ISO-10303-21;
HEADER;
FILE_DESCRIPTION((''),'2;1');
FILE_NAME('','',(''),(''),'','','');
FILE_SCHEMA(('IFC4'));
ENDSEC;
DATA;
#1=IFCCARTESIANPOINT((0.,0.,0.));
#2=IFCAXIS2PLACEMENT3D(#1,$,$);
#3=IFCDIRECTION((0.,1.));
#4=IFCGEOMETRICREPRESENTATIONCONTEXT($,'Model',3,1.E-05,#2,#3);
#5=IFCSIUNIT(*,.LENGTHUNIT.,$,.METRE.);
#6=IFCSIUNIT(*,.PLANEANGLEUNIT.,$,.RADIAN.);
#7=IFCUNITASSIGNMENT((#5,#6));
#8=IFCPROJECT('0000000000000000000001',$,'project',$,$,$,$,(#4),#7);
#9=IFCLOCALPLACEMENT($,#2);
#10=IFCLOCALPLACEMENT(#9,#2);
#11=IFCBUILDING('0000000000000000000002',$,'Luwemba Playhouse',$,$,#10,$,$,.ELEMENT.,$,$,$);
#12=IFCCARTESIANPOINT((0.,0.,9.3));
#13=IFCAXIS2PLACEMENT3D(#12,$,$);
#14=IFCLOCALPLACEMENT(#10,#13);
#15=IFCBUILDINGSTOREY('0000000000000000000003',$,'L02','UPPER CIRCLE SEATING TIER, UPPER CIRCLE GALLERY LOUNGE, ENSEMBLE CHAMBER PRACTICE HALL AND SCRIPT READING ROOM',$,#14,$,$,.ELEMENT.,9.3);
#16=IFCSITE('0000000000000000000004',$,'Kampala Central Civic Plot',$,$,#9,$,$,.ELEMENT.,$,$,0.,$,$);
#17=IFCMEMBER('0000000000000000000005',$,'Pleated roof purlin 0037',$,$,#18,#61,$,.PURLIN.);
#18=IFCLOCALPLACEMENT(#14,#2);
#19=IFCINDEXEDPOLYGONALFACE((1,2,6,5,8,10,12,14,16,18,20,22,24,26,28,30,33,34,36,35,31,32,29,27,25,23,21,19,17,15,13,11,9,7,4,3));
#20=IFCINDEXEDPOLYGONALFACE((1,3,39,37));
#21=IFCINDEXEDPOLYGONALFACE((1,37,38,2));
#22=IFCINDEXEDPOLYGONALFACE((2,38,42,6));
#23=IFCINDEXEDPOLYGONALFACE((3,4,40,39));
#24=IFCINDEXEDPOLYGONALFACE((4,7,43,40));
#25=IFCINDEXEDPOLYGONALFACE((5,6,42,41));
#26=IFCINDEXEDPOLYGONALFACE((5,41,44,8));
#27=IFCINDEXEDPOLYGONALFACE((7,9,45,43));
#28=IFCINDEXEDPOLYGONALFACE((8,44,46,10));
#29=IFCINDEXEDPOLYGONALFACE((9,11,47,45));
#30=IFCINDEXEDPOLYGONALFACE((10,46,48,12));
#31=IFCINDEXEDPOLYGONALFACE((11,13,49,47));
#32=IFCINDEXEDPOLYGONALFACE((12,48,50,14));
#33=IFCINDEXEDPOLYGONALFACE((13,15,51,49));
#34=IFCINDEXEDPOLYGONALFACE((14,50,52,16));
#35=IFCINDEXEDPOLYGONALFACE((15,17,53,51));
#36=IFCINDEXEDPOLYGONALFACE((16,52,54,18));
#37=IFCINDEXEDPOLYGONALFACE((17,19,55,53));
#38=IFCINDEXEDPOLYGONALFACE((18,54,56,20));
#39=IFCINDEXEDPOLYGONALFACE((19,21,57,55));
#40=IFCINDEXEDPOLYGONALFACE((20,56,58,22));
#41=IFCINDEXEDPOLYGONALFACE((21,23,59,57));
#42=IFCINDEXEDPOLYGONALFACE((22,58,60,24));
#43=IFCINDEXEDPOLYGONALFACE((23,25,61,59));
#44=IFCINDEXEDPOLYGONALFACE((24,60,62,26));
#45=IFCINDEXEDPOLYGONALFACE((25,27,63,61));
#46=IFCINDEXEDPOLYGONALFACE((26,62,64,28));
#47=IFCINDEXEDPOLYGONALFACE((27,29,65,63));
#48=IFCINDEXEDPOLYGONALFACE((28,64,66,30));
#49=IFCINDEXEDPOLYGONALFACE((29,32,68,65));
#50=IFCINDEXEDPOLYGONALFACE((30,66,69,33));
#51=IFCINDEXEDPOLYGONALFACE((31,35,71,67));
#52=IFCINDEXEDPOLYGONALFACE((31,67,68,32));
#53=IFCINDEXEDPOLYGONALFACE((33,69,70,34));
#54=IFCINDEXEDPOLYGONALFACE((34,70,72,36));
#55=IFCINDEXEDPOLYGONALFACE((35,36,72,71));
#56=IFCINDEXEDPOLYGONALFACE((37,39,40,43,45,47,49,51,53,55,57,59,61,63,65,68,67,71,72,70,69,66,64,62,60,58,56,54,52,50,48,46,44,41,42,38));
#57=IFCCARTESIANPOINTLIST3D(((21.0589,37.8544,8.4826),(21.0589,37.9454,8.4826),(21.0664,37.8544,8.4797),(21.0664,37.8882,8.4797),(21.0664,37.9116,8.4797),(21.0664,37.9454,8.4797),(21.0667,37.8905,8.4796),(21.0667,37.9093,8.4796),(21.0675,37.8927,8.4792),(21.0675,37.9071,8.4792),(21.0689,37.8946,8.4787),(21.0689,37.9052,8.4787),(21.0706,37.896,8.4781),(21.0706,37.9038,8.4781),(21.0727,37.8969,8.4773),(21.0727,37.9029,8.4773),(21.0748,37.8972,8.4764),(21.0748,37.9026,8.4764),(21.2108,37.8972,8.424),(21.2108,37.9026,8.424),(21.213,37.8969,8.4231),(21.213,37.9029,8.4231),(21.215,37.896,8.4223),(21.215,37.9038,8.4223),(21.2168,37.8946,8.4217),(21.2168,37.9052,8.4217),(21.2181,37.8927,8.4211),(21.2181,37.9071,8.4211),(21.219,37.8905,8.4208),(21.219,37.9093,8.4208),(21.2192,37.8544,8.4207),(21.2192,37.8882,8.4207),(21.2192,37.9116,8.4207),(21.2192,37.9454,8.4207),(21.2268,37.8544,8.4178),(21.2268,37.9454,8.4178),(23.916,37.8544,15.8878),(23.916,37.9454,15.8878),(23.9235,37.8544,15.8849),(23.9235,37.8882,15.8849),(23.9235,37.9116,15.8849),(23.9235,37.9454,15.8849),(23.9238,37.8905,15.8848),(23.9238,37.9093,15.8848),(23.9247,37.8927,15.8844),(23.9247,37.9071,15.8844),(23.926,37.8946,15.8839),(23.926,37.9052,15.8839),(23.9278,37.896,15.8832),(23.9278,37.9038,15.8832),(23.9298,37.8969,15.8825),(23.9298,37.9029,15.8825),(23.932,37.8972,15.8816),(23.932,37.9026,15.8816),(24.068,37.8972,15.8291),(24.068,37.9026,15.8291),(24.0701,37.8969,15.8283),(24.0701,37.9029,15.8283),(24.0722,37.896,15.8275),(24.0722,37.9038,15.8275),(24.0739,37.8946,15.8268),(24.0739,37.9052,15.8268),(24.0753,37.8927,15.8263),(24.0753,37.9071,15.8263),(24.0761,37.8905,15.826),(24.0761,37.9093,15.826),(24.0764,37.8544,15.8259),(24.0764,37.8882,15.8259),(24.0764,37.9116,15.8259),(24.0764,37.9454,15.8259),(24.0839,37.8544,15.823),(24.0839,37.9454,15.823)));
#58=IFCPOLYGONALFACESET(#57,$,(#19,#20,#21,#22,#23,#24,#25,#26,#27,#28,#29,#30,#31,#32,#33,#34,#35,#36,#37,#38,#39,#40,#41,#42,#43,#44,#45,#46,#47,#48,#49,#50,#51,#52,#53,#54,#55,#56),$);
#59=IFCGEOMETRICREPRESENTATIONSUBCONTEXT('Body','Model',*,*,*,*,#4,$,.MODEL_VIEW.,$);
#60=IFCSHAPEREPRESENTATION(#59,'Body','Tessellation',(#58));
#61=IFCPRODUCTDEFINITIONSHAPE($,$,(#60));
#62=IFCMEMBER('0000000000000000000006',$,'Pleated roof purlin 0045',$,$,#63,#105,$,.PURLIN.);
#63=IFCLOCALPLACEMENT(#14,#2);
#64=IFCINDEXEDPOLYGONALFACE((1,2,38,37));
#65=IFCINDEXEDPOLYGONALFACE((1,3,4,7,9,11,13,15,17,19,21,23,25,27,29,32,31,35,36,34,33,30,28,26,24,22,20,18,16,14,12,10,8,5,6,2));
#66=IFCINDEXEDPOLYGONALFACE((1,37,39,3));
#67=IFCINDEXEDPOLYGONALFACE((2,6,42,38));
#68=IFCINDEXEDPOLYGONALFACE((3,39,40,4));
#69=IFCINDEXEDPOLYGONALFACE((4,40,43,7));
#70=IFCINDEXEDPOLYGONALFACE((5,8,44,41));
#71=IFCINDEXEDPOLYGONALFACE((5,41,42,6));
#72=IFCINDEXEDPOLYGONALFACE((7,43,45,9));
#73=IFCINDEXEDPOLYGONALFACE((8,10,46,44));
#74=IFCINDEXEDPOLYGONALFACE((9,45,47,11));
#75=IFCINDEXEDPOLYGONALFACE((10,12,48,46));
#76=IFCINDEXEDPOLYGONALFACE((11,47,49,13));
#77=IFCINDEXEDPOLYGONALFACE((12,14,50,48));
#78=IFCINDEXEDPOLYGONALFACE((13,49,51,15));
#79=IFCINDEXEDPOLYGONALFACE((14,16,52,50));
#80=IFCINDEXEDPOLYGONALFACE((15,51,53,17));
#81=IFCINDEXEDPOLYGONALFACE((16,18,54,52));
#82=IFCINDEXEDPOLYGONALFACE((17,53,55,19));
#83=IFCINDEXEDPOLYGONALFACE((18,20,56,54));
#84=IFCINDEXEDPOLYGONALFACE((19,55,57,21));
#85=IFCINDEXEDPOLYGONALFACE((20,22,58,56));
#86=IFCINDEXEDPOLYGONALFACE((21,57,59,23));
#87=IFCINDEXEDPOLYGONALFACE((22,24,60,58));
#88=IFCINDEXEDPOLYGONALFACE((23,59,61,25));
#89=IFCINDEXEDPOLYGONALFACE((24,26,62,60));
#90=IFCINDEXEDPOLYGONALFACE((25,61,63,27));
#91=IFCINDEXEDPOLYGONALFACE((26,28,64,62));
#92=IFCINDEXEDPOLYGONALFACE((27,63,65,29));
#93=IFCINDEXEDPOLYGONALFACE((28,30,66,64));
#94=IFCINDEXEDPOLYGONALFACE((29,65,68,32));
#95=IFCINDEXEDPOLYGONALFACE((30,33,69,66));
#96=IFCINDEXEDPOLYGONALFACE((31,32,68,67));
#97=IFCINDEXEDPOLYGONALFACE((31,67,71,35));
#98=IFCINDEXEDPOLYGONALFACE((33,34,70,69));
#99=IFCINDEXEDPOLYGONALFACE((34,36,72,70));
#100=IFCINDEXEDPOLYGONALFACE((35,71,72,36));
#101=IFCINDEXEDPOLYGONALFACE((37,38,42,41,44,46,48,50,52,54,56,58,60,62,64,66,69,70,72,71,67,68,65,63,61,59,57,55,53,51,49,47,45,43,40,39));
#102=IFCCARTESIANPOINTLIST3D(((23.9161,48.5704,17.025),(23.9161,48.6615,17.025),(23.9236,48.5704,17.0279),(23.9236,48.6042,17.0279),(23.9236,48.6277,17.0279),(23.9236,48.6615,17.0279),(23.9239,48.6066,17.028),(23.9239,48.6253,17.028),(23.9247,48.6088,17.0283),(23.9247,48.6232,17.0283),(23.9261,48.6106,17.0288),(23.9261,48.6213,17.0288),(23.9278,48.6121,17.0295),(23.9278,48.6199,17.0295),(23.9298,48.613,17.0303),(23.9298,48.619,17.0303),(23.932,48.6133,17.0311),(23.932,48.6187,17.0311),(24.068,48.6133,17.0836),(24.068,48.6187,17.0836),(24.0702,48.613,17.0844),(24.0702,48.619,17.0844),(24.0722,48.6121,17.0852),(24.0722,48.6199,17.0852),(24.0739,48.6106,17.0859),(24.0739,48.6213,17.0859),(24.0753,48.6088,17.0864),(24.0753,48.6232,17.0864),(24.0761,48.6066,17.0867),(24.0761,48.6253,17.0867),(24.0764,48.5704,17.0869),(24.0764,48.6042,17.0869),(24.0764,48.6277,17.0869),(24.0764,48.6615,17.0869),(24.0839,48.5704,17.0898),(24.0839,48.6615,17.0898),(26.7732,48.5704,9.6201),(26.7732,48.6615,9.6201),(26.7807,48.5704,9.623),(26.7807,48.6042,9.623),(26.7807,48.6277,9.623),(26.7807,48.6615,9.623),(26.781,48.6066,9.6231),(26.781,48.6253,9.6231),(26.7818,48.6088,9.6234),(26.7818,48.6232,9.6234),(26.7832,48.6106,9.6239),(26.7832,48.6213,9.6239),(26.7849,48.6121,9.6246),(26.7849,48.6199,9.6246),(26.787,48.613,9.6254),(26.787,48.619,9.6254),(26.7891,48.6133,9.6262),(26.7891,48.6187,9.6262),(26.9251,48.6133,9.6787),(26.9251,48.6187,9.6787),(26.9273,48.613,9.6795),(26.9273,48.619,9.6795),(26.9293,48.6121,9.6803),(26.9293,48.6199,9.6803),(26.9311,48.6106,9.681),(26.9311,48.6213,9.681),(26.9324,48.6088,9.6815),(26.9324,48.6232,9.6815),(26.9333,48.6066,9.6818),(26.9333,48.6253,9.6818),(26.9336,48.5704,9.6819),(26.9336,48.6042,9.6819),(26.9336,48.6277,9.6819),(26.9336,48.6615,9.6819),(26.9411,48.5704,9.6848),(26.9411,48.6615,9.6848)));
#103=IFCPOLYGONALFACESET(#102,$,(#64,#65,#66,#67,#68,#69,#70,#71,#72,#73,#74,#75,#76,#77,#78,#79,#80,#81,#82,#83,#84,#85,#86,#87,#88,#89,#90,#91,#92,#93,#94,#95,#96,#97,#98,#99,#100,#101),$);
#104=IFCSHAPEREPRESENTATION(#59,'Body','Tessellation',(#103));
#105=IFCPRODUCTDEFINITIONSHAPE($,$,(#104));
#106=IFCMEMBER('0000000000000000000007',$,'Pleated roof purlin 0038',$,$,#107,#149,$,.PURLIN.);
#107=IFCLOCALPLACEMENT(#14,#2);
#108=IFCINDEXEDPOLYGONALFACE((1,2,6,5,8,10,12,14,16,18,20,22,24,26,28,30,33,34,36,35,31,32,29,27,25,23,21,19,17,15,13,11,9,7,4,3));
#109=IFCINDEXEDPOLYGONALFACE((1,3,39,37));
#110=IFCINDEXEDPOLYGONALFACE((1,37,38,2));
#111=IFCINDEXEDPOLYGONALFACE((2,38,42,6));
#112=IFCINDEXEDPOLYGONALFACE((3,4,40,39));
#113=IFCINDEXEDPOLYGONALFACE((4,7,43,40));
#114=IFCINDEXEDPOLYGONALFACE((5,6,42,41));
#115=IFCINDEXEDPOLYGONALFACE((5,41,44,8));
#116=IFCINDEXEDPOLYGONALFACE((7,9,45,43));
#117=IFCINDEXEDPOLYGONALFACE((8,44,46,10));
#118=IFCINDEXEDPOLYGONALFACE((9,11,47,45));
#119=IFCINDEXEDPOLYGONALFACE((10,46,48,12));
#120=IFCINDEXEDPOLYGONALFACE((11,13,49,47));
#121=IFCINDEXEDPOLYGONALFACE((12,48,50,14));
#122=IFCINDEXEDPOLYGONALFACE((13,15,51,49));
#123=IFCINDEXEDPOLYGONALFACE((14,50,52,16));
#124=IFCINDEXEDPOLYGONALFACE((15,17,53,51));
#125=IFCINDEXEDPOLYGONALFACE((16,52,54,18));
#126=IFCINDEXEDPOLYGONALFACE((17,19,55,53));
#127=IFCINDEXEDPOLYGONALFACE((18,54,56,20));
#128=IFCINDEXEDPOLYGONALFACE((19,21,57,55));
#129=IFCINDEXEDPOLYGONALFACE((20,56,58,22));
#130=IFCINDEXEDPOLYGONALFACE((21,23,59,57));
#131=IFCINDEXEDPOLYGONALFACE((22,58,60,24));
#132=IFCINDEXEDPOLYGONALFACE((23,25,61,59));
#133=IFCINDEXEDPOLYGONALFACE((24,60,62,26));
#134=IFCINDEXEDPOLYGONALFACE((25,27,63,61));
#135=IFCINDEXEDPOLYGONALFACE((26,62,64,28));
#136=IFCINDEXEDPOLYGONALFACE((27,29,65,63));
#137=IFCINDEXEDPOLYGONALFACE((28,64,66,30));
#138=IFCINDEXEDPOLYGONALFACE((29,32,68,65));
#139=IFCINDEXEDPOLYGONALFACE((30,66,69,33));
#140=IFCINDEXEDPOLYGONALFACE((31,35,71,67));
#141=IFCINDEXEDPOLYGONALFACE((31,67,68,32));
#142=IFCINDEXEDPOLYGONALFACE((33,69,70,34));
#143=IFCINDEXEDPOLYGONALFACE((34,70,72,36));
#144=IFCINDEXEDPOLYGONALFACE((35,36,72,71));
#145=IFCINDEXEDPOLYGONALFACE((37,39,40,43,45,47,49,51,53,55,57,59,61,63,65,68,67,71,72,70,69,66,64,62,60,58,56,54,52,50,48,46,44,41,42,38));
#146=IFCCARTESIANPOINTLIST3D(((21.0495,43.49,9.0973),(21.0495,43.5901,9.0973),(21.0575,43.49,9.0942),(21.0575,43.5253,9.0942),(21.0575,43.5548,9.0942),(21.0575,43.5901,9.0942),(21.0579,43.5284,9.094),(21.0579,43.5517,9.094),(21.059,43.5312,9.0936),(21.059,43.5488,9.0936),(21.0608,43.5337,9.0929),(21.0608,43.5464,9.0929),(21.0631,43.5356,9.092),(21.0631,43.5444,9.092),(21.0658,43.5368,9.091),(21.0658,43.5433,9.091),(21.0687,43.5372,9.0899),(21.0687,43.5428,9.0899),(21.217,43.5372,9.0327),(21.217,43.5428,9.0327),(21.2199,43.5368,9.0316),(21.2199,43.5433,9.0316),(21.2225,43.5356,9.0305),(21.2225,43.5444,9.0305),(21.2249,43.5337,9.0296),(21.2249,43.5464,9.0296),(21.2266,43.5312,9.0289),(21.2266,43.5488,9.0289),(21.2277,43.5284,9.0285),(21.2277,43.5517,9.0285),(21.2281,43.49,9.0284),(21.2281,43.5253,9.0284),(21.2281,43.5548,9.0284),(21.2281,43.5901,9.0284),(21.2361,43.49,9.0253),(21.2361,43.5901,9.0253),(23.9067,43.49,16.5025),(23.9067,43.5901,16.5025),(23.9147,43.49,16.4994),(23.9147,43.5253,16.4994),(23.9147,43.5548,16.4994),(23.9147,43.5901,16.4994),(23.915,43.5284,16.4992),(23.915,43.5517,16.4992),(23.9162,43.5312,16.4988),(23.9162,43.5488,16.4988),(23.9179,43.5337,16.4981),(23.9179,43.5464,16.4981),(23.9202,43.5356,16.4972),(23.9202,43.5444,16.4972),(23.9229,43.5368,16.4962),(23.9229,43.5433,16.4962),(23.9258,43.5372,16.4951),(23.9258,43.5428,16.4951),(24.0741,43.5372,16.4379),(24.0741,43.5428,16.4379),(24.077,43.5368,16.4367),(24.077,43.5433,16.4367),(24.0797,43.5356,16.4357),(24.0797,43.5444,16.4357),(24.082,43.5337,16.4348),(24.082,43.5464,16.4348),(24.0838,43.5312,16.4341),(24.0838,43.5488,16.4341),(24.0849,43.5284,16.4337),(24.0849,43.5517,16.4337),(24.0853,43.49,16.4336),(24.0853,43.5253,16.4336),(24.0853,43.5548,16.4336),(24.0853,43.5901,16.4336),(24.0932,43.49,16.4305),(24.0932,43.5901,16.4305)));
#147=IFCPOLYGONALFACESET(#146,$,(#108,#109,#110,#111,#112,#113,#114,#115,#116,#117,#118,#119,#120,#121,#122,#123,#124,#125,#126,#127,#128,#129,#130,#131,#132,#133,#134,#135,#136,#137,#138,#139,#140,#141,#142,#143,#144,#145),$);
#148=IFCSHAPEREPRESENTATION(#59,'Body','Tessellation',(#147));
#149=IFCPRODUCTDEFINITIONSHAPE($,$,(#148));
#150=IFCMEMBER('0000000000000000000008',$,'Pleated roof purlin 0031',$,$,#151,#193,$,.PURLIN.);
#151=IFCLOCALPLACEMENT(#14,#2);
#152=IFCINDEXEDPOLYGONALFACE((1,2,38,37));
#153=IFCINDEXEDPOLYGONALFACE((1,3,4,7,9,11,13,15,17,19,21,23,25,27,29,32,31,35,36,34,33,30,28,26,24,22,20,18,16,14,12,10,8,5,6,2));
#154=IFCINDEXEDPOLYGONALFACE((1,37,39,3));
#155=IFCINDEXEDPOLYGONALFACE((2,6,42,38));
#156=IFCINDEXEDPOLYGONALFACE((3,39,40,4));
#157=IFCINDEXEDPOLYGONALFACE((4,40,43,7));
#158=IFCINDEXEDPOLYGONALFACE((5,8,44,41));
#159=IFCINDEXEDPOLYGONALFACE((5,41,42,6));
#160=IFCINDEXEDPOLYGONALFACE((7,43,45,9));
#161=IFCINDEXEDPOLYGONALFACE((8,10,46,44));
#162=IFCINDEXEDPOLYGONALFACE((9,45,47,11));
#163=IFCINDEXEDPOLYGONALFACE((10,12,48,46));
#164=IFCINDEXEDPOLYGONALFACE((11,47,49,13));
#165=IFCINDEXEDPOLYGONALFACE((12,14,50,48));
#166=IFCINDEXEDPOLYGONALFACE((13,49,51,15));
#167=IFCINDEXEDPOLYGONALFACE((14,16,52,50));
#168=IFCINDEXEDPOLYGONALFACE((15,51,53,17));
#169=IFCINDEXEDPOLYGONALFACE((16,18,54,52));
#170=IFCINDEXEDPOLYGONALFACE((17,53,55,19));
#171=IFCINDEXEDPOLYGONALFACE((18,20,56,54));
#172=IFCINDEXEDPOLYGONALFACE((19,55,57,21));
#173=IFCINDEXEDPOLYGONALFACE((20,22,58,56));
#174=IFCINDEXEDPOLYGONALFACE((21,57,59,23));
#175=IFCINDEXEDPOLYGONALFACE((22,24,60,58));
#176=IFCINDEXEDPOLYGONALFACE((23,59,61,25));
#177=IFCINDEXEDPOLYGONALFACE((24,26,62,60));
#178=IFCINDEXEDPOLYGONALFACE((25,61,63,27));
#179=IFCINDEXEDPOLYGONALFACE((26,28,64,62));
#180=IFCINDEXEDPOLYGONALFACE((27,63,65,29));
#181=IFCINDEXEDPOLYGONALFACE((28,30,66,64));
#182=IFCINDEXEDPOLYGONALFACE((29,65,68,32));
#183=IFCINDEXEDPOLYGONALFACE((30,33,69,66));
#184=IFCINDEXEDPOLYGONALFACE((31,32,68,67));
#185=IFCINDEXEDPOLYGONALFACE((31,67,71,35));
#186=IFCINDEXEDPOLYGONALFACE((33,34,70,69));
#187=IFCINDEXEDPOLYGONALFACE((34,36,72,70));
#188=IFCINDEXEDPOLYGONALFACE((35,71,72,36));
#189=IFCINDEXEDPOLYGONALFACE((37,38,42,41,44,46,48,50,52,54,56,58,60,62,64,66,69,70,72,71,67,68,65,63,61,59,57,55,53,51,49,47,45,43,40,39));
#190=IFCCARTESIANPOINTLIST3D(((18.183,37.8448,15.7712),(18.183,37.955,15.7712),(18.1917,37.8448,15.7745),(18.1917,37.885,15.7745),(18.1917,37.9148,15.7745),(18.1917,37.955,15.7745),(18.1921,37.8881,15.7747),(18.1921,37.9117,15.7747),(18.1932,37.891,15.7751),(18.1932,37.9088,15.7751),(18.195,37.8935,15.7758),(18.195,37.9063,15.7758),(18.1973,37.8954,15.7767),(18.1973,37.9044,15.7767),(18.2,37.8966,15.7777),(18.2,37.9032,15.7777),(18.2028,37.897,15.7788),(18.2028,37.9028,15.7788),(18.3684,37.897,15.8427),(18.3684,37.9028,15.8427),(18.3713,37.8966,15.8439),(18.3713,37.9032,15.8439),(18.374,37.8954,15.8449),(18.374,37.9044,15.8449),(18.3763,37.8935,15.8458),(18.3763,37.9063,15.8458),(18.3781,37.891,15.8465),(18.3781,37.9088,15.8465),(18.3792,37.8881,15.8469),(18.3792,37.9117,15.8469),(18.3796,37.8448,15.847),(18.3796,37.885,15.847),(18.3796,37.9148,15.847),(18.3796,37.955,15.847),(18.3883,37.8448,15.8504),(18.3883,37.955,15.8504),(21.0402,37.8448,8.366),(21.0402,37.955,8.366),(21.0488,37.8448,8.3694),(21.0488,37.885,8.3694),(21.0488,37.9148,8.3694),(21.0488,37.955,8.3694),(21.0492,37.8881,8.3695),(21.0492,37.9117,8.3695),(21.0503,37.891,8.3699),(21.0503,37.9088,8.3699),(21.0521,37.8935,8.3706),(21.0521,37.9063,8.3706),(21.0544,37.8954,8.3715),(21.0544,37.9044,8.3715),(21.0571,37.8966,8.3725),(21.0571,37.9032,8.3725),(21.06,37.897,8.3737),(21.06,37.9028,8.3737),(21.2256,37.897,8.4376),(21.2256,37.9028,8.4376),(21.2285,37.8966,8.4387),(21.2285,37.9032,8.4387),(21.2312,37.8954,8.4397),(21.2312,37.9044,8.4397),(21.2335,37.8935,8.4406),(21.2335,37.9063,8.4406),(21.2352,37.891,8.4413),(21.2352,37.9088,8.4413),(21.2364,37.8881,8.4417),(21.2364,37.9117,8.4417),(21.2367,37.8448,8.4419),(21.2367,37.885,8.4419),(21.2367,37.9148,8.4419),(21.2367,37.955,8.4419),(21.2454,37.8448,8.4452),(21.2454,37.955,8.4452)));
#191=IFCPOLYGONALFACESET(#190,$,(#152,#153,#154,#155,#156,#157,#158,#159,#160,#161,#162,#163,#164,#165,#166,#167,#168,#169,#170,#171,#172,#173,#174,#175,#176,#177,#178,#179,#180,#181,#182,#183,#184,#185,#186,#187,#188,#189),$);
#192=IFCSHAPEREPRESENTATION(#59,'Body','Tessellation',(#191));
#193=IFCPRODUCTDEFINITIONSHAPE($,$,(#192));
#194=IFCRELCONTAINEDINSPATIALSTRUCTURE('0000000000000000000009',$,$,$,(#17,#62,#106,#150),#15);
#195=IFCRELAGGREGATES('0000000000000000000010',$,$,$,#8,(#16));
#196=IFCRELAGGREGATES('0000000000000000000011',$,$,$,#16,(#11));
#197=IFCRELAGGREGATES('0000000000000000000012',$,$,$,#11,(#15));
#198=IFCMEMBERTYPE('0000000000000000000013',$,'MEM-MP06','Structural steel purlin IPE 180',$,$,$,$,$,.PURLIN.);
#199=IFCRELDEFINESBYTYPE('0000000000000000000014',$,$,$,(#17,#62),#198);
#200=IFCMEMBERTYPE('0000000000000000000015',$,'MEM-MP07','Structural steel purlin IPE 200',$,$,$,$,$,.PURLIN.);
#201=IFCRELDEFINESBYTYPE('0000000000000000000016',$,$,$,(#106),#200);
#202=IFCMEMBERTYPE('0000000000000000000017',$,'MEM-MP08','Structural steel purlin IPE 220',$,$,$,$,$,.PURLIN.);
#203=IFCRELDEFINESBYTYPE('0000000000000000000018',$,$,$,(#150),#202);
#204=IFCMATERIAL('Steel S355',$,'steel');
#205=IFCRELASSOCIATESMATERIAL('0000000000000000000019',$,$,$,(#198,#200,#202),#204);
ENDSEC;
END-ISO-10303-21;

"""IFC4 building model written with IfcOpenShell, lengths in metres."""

from ifc_helpers import new_model, si_unit, direction, frame, origin, origin_2d, place, context, subcontext, project, spatial, i_section, extrude, material, material_profile, profile_set, type_object, element, save


model = new_model("IFC4")

# Units and contexts
model_context = context("Model", 3, precision=1e-05, world=origin(), true_north=direction((0.0, 1.0)))
body_context = subcontext(model_context, "Body", "Model", "MODEL_VIEW")
ifc_project = project(units=[si_unit("LENGTHUNIT", "METRE"), si_unit("PLANEANGLEUNIT", "RADIAN")], contexts=[model_context])

# Site, building, storey
site_placement = place(None, origin())
site = spatial("IfcSite", under=ifc_project, at=site_placement, Name="Kampala Central Civic Plot", CompositionType="ELEMENT", RefElevation=0.0)
building_placement = place(site_placement, origin())
building = spatial("IfcBuilding", under=site, at=building_placement, Name="Luwemba Playhouse", CompositionType="ELEMENT")
storey_placement = place(building_placement, frame((0.0, 0.0, 9.3)))
storey = spatial("IfcBuildingStorey", under=building, at=storey_placement, Name="L02", Description="UPPER CIRCLE SEATING TIER, UPPER CIRCLE GALLERY LOUNGE, ENSEMBLE CHAMBER PRACTICE HALL AND SCRIPT READING ROOM", CompositionType="ELEMENT", Elevation=9.3)

# Shared definitions
ifc_material_1 = material(Name="Steel S355", Category="steel")

# Members
ifc_material_profile_1 = material_profile(ifc_material_1, i_section(OverallWidth=0.0911, OverallDepth=0.1799, WebThickness=0.0054, FlangeThickness=0.0081, FilletRadius=0.009, at=origin_2d()))
ifc_profile_set_1 = profile_set([ifc_material_profile_1], Name="Steel S355")
member_type_1 = type_object("IfcMemberType", Name="MEM-MP06", Description="Structural steel purlin IPE 180", PredefinedType="PURLIN", material=ifc_profile_set_1)
member_1_placement = place(storey_placement, frame((21.1428, 37.8999, 8.4502), z_axis=(0.359966, 0.0, 0.932965), x_axis=(0.0, 1.0, 0.0)))
element("IfcMember", 1, at=member_1_placement, inside=storey, type_object=member_type_1, Name="Pleated roof purlin 0037", PredefinedType="PURLIN", context=body_context, shape_type="SweptSolid", body=[
    extrude(i_section(OverallWidth=0.0911, OverallDepth=0.1799, WebThickness=0.0054, FlangeThickness=0.0081, FilletRadius=0.009, at=origin_2d()), origin(), (0.0, 0.0, 1.0), 7.9373),
])
member_2_placement = place(storey_placement, frame((24.0, 48.616, 17.0574), z_axis=(0.359976, 0.0, -0.932961), x_axis=(0.0, 1.0, 0.0)))
element("IfcMember", 2, at=member_2_placement, inside=storey, type_object=member_type_1, Name="Pleated roof purlin 0045", PredefinedType="PURLIN", context=body_context, shape_type="SweptSolid", body=[
    extrude(i_section(OverallWidth=0.0911, OverallDepth=0.1799, WebThickness=0.0054, FlangeThickness=0.0081, FilletRadius=0.009, at=origin_2d()), origin(), (0.0, 0.0, 1.0), 7.937),
])
ifc_material_profile_2 = material_profile(ifc_material_1, i_section(OverallWidth=0.1001, OverallDepth=0.2, WebThickness=0.0056, FlangeThickness=0.0085, FilletRadius=0.012, at=origin_2d()))
ifc_profile_set_2 = profile_set([ifc_material_profile_2], Name="Steel S355")
member_type_2 = type_object("IfcMemberType", Name="MEM-MP07", Description="Structural steel purlin IPE 200", PredefinedType="PURLIN", material=ifc_profile_set_2)
member_3_placement = place(storey_placement, frame((21.1428, 43.54, 9.0613), z_axis=(0.359966, 0.0, 0.932965), x_axis=(0.0, 1.0, 0.0)))
element("IfcMember", 3, at=member_3_placement, inside=storey, type_object=member_type_2, Name="Pleated roof purlin 0038", PredefinedType="PURLIN", context=body_context, shape_type="SweptSolid", body=[
    extrude(i_section(OverallWidth=0.1001, OverallDepth=0.2, WebThickness=0.0056, FlangeThickness=0.0085, FilletRadius=0.012, at=origin_2d()), origin(), (0.0, 0.0, 1.0), 7.9373),
])
ifc_material_profile_3 = material_profile(ifc_material_1, i_section(OverallWidth=0.1101, OverallDepth=0.22, WebThickness=0.0059, FlangeThickness=0.0093, FilletRadius=0.012, at=origin_2d()))
ifc_profile_set_3 = profile_set([ifc_material_profile_3], Name="Steel S355")
member_type_3 = type_object("IfcMemberType", Name="MEM-MP08", Description="Structural steel purlin IPE 220", PredefinedType="PURLIN", material=ifc_profile_set_3)
for number, where, z_axis, x_axis, name in (
    (4, (18.2856, 37.8999, 15.8108), (0.359966, 0.0, -0.932965), (0.0, 1.0, 0.0), "Pleated roof purlin 0031"),
):
    element("IfcMember", number, at=place(storey_placement, frame(where, z_axis=z_axis, x_axis=x_axis)), inside=storey, type_object=member_type_3, Name=name, PredefinedType="PURLIN", context=body_context, shape_type="SweptSolid", body=[
        extrude(i_section(OverallWidth=0.1101, OverallDepth=0.22, WebThickness=0.0059, FlangeThickness=0.0093, FilletRadius=0.012, at=origin_2d()), origin(), (0.0, 0.0, 1.0), 7.9373),
    ])

save(model, "model.ifc")
